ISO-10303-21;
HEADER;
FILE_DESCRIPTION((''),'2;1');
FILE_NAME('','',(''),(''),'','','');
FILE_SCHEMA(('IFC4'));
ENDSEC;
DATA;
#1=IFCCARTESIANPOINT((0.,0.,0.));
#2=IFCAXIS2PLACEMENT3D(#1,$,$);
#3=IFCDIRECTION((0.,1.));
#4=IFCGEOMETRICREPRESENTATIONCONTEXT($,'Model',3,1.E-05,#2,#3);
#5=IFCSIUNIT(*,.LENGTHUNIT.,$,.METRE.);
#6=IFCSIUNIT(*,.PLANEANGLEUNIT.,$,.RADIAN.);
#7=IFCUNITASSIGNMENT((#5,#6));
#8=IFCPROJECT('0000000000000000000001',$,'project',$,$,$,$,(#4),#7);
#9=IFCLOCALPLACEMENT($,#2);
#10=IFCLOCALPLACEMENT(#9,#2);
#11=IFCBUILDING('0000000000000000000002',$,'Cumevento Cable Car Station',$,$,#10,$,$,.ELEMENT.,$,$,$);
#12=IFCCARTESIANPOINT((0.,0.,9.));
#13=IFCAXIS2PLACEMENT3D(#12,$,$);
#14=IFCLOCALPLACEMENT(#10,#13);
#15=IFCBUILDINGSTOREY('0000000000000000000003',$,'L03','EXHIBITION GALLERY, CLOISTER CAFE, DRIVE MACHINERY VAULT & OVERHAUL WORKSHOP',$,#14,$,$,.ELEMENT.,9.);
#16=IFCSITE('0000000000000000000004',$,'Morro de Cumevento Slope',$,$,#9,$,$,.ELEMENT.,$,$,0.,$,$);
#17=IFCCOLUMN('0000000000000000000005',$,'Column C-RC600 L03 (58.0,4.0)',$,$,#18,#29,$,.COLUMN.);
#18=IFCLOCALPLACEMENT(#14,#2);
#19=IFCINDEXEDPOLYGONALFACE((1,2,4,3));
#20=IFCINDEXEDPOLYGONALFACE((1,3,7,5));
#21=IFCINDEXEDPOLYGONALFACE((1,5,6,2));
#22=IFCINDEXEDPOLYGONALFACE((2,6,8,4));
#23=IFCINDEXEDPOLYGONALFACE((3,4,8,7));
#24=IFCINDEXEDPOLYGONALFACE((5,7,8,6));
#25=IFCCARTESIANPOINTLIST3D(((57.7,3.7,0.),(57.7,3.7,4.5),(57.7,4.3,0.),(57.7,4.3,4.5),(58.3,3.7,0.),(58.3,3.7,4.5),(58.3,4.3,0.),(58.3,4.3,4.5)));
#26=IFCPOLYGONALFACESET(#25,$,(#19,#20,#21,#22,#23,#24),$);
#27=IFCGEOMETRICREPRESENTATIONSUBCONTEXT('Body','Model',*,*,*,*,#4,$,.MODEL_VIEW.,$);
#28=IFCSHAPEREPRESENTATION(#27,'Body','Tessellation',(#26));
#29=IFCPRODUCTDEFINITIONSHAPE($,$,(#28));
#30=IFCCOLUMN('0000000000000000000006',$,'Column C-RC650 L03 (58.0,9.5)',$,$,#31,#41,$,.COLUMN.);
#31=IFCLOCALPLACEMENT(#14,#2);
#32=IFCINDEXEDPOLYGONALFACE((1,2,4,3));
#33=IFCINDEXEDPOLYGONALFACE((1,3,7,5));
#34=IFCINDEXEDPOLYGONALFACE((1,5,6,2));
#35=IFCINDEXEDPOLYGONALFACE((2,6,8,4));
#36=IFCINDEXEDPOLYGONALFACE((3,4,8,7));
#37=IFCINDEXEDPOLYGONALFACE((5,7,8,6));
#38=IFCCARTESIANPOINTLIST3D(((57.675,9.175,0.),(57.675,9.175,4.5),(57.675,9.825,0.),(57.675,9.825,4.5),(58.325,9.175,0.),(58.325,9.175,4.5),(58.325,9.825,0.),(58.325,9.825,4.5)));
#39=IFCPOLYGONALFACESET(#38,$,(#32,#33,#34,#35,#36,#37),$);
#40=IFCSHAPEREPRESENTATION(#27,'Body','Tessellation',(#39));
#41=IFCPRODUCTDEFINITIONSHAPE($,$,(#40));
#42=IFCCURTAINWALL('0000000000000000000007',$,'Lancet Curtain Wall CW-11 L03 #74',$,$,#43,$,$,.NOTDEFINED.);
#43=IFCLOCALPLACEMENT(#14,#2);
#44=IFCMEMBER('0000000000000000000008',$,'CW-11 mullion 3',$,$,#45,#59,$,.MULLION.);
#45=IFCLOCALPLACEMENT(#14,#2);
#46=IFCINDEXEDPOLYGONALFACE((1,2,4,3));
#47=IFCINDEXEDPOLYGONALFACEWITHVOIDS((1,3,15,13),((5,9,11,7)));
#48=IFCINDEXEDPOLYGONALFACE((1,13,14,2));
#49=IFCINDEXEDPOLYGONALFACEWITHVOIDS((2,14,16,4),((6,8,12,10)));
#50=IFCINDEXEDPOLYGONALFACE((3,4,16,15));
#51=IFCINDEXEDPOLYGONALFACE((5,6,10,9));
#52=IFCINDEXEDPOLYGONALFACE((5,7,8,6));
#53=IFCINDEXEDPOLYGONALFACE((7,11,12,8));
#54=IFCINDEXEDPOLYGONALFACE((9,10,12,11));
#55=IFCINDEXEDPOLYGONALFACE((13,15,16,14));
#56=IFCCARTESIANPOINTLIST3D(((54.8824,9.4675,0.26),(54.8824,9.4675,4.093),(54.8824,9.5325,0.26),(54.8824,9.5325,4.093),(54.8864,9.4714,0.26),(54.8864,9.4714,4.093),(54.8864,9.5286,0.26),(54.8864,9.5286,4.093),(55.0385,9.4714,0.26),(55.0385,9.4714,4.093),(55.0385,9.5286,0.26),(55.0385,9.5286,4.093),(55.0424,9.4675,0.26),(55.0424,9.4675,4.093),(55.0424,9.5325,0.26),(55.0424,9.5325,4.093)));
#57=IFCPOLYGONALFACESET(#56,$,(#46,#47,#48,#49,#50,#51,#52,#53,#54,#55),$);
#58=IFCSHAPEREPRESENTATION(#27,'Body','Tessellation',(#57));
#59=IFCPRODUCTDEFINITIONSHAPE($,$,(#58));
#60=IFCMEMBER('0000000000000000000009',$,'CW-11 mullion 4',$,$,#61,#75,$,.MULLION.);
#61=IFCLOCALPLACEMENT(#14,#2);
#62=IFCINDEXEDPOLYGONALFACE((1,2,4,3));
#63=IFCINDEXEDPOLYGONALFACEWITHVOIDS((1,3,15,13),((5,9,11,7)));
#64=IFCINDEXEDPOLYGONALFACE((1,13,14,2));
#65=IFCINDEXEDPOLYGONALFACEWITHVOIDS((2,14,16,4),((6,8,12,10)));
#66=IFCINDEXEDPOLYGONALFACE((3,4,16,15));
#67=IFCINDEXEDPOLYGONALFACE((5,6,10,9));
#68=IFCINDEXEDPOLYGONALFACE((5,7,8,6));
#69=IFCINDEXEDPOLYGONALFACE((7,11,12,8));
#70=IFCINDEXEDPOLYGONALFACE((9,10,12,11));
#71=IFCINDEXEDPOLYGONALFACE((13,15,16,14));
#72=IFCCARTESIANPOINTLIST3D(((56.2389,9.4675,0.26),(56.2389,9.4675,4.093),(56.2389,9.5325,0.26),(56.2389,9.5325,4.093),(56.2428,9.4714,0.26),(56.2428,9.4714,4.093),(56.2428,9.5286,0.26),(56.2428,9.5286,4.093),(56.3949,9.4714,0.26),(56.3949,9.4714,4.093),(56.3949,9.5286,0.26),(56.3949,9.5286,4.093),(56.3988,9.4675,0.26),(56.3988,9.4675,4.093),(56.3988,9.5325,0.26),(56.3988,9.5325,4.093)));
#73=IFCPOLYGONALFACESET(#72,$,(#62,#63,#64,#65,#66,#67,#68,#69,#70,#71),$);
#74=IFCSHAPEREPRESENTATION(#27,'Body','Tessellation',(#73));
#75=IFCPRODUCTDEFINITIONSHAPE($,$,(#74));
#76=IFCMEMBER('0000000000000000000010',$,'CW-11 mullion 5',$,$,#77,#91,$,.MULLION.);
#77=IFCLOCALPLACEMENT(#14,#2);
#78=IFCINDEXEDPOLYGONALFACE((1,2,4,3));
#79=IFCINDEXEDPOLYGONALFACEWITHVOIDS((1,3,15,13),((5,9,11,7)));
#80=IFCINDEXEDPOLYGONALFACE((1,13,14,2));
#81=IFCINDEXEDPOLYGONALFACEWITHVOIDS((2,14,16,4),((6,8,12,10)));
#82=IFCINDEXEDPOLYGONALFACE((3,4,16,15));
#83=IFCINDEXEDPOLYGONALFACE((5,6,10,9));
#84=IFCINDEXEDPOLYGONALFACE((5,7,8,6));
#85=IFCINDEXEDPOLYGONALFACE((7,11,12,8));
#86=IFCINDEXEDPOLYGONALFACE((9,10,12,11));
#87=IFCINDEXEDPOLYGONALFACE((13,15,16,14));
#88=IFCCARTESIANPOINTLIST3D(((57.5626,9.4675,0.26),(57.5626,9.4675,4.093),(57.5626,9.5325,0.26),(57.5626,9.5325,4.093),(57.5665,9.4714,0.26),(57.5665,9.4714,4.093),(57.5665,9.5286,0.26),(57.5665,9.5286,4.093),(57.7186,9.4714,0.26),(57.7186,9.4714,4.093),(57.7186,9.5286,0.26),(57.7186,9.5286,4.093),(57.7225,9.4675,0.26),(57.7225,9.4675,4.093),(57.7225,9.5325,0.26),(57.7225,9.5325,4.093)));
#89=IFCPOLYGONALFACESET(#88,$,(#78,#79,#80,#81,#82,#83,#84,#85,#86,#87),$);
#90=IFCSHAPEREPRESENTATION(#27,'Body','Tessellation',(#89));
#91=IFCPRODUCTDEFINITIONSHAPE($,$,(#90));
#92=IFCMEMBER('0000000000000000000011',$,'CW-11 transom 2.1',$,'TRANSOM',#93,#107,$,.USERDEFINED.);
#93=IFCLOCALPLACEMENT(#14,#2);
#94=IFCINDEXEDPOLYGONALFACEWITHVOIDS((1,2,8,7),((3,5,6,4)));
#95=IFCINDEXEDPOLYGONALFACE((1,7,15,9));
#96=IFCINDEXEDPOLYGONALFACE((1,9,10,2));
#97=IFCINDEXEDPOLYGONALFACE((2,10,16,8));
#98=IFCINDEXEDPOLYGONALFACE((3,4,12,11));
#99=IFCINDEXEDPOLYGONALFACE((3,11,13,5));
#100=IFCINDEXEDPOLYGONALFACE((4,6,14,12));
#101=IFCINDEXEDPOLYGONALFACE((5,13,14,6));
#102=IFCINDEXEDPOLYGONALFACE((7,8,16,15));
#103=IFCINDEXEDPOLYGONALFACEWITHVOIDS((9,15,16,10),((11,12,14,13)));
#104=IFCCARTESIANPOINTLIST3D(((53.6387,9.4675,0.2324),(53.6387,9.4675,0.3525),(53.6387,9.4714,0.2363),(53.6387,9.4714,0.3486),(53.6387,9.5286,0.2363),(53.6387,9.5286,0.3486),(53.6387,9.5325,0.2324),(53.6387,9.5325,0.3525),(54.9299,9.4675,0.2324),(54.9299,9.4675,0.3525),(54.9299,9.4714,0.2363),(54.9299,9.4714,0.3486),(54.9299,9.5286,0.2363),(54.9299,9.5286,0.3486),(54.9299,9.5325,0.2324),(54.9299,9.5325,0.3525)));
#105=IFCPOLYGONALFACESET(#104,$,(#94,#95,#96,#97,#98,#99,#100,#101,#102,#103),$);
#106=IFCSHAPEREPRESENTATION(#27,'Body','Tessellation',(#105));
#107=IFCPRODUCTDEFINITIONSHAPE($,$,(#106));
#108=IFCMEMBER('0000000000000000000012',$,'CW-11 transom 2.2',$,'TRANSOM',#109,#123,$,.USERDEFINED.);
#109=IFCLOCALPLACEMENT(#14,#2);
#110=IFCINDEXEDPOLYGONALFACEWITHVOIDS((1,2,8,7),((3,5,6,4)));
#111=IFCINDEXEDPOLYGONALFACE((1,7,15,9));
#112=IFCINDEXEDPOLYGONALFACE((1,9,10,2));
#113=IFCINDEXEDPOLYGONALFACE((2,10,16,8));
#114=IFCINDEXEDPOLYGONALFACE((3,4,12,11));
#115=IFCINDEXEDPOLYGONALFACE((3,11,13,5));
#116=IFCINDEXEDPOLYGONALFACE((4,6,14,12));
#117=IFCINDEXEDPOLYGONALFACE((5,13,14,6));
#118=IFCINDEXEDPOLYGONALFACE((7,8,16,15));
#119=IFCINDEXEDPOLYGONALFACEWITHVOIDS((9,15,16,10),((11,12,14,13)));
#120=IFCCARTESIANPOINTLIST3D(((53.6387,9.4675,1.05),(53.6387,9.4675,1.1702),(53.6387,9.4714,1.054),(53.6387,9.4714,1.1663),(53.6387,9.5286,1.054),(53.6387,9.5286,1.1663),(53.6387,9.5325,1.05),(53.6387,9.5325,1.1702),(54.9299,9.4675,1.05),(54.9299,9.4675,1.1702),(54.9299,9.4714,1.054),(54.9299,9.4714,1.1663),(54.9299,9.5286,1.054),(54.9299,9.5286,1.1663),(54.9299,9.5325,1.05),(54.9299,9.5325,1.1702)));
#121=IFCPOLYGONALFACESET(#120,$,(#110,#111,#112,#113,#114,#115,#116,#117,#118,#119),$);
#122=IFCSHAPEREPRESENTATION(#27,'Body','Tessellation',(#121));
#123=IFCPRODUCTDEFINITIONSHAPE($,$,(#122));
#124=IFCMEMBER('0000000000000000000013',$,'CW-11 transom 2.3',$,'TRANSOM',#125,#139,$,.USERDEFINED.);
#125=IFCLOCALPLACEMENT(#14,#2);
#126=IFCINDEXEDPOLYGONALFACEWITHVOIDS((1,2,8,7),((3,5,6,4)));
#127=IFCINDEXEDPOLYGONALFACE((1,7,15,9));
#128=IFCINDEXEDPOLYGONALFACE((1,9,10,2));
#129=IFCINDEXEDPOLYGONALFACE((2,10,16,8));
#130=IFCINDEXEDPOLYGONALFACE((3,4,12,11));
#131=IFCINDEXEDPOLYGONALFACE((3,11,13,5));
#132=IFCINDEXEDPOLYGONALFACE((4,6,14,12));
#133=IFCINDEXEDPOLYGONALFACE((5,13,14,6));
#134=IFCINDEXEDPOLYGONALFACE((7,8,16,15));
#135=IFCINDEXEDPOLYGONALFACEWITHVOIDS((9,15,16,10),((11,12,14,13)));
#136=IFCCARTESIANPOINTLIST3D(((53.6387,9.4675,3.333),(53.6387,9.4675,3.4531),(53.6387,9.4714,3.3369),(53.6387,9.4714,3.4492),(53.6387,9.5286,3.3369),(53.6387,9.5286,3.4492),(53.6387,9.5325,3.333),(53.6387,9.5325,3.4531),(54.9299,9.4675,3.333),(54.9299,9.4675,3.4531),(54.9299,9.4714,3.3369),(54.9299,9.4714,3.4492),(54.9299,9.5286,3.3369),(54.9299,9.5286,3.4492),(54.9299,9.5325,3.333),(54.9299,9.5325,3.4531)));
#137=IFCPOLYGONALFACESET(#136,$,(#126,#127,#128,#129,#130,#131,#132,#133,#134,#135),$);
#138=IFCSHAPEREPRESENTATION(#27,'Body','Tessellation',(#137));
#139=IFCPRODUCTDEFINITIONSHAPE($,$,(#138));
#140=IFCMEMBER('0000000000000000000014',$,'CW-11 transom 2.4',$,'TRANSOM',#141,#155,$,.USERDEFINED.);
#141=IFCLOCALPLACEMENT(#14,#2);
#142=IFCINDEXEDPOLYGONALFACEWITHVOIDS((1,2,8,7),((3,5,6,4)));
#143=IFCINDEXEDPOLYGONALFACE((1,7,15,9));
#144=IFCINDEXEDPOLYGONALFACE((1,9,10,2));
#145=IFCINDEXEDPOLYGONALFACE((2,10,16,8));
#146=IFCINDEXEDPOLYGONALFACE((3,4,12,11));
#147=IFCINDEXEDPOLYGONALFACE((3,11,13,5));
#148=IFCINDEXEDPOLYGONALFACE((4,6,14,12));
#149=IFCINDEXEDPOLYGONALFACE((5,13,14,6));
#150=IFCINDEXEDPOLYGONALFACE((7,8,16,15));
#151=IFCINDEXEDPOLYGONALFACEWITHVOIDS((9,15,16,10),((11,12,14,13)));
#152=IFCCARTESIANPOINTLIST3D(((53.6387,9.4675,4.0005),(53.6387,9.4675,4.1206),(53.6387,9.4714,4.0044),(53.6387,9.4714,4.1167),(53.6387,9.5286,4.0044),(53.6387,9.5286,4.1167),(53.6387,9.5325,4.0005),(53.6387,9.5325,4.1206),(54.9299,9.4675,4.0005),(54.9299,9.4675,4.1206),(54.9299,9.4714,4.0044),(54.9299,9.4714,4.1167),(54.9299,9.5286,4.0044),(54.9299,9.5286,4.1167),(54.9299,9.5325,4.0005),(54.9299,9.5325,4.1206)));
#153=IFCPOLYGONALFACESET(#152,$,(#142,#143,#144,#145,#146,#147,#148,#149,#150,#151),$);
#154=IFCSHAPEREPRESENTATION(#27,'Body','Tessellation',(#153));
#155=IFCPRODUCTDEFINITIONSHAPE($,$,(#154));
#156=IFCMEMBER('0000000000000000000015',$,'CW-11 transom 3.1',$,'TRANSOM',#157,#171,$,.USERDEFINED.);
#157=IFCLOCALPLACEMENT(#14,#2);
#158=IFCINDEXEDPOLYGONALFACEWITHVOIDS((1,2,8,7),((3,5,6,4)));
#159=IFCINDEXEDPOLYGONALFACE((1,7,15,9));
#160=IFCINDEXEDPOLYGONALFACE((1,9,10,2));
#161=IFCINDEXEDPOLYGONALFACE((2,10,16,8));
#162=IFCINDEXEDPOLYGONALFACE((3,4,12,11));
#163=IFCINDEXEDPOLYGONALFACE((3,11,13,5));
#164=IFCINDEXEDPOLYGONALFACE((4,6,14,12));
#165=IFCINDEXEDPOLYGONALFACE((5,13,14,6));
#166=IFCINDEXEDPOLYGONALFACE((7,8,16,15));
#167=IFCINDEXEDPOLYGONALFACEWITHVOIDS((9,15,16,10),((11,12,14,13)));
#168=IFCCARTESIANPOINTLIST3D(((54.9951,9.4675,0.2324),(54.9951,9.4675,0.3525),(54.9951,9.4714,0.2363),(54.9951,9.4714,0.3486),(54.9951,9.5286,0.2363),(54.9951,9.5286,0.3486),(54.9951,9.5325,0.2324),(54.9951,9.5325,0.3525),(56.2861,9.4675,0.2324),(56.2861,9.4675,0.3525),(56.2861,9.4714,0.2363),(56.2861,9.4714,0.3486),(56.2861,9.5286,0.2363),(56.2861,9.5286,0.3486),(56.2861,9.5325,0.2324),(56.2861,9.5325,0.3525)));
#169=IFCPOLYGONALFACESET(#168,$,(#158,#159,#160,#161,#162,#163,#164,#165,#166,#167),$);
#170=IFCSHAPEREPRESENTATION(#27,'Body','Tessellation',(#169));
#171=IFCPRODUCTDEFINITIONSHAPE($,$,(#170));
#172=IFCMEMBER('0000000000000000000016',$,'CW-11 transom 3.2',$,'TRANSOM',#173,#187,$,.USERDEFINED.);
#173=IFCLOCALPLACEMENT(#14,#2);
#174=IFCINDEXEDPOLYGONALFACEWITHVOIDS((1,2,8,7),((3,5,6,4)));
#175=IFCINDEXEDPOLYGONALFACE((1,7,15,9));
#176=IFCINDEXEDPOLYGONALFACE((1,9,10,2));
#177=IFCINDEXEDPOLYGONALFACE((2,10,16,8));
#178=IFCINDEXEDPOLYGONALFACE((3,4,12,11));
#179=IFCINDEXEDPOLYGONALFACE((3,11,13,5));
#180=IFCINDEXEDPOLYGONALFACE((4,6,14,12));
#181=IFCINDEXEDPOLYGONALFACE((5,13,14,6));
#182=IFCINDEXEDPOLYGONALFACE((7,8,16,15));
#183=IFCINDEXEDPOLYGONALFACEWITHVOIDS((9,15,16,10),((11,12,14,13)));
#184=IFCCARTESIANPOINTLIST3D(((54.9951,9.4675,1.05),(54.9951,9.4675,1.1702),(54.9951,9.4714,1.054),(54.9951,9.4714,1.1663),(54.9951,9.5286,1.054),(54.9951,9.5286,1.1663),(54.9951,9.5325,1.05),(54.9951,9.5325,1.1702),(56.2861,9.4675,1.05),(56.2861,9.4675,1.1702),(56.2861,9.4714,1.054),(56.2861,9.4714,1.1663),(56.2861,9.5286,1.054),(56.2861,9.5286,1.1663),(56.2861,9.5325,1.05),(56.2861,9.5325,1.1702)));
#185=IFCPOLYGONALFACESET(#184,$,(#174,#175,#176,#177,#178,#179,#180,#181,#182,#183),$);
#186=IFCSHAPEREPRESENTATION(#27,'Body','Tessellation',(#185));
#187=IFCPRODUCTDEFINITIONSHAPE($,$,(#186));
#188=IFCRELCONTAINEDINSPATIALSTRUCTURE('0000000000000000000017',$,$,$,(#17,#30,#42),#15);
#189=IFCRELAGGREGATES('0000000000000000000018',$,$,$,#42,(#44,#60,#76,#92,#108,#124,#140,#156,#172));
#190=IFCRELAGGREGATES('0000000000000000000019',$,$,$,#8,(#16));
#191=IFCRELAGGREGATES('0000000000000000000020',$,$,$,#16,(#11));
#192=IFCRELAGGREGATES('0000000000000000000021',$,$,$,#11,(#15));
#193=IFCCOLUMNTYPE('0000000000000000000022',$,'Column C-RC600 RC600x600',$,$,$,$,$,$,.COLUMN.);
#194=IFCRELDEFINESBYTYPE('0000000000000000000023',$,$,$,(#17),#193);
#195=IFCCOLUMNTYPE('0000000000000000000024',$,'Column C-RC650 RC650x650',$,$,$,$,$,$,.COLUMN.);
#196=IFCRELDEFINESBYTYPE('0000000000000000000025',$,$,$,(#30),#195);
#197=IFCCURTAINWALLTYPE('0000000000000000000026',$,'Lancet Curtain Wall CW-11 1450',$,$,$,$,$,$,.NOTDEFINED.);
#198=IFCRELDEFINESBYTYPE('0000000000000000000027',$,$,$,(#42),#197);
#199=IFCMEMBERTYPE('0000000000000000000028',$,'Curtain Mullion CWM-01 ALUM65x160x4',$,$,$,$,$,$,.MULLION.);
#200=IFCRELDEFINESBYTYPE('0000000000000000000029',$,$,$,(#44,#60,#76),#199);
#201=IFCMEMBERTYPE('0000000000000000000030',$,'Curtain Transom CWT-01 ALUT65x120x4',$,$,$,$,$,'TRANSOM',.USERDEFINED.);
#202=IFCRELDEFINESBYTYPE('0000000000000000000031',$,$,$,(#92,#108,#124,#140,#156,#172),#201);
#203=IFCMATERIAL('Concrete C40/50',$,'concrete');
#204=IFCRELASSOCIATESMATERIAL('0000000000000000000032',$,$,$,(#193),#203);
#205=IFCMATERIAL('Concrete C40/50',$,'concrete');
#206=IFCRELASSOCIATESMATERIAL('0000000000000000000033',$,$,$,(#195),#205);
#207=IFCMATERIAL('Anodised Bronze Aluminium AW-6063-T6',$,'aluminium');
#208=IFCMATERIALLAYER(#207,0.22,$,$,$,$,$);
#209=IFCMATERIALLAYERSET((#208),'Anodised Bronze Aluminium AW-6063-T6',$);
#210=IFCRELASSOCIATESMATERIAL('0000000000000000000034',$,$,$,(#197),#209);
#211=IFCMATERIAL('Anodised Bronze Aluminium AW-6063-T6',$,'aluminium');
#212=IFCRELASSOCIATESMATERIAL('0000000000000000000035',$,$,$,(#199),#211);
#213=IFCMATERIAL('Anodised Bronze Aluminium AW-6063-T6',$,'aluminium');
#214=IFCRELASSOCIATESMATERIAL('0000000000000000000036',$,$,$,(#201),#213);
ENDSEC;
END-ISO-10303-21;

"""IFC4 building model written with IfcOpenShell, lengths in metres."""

from ifc_helpers import new_model, si_unit, direction, frame, origin, origin_2d, place, context, subcontext, project, spatial, rectangle, hollow_rectangle, extrude, material, layer, layer_set, material_profile, profile_set, type_object, element, aggregate, save


model = new_model("IFC4")

# Units and contexts
model_context = context("Model", 3, precision=1e-05, world=origin(), true_north=direction((0.0, 1.0)))
body_context = subcontext(model_context, "Body", "Model", "MODEL_VIEW")
ifc_project = project(units=[si_unit("LENGTHUNIT", "METRE"), si_unit("PLANEANGLEUNIT", "RADIAN")], contexts=[model_context])

# Site, building, storey
site_placement = place(None, origin())
site = spatial("IfcSite", under=ifc_project, at=site_placement, Name="Morro de Cumevento Slope", CompositionType="ELEMENT", RefElevation=0.0)
building_placement = place(site_placement, origin())
building = spatial("IfcBuilding", under=site, at=building_placement, Name="Cumevento Cable Car Station", CompositionType="ELEMENT")
storey_placement = place(building_placement, frame((0.0, 0.0, 9.0)))
storey = spatial("IfcBuildingStorey", under=building, at=storey_placement, Name="L03", Description="EXHIBITION GALLERY, CLOISTER CAFE, DRIVE MACHINERY VAULT & OVERHAUL WORKSHOP", CompositionType="ELEMENT", Elevation=9.0)

# Columns
ifc_material_1 = material(Name="Concrete C40/50", Category="concrete")
ifc_material_profile_1 = material_profile(ifc_material_1, rectangle(XDim=0.6001, YDim=0.6001, at=origin_2d()), Name="RC600x600")
ifc_profile_set_1 = profile_set([ifc_material_profile_1], Name="Concrete C40/50")
column_type_1 = type_object("IfcColumnType", Name="Column C-RC600 RC600x600", PredefinedType="COLUMN", material=ifc_profile_set_1)
column_1_placement = place(storey_placement, frame((58.0, 4.0, 0.0), z_axis=(0.0, 0.0, 1.0), x_axis=(1.0, 0.0, 0.0)))
element("IfcColumn", 1, at=column_1_placement, inside=storey, type_object=column_type_1, Name="Column C-RC600 L03 (58.0,4.0)", PredefinedType="COLUMN", context=body_context, shape_type="SweptSolid", body=[
    extrude(rectangle(XDim=0.6001, YDim=0.6001, at=origin_2d()), origin(), (0.0, 0.0, 1.0), 4.5),
])
ifc_material_2 = material(Name="Concrete C40/50", Category="concrete")
ifc_material_profile_2 = material_profile(ifc_material_2, rectangle(XDim=0.6499, YDim=0.6499, at=origin_2d()), Name="RC650x650")
ifc_profile_set_2 = profile_set([ifc_material_profile_2], Name="Concrete C40/50")
column_type_2 = type_object("IfcColumnType", Name="Column C-RC650 RC650x650", PredefinedType="COLUMN", material=ifc_profile_set_2)
column_2_placement = place(storey_placement, frame((58.0, 9.5, 0.0), z_axis=(0.0, 0.0, 1.0), x_axis=(1.0, 0.0, 0.0)))
element("IfcColumn", 2, at=column_2_placement, inside=storey, type_object=column_type_2, Name="Column C-RC650 L03 (58.0,9.5)", PredefinedType="COLUMN", context=body_context, shape_type="SweptSolid", body=[
    extrude(rectangle(XDim=0.6499, YDim=0.6499, at=origin_2d()), origin(), (0.0, 0.0, 1.0), 4.5),
])

# Curtain wall, members
ifc_material_3 = material(Name="Anodised Bronze Aluminium AW-6063-T6", Category="aluminium")
ifc_layer_1 = layer(ifc_material_3, 0.22)
ifc_layer_set_1 = layer_set([ifc_layer_1], Name="Anodised Bronze Aluminium AW-6063-T6")
curtain_wall_type = type_object("IfcCurtainWallType", Name="Lancet Curtain Wall CW-11 1450", PredefinedType="NOTDEFINED", material=ifc_layer_set_1)
curtain_wall_placement = place(storey_placement, origin())
curtain_wall = element("IfcCurtainWall", 3, at=curtain_wall_placement, inside=storey, type_object=curtain_wall_type, Name="Lancet Curtain Wall CW-11 L03 #74", PredefinedType="NOTDEFINED")
ifc_material_4 = material(Name="Anodised Bronze Aluminium AW-6063-T6", Category="aluminium")
ifc_material_profile_3 = material_profile(ifc_material_4, hollow_rectangle(XDim=0.0649, YDim=0.1599, WallThickness=0.0039, at=origin_2d()), Name="ALUM65x160x4")
ifc_profile_set_3 = profile_set([ifc_material_profile_3], Name="Anodised Bronze Aluminium AW-6063-T6")
member_type_1 = type_object("IfcMemberType", Name="Curtain Mullion CWM-01 ALUM65x160x4", PredefinedType="MULLION", material=ifc_profile_set_3)
member_1_placement = place(storey_placement, frame((54.9624, 9.5, 0.26), z_axis=(0.0, 0.0, 1.0), x_axis=(0.0, 1.0, 0.0)))
member_1 = element("IfcMember", 4, at=member_1_placement, type_object=member_type_1, Name="CW-11 mullion 3", PredefinedType="MULLION", context=body_context, shape_type="SweptSolid", body=[
    extrude(hollow_rectangle(XDim=0.0649, YDim=0.1599, WallThickness=0.0039, at=origin_2d()), origin(), (0.0, 0.0, 1.0), 3.833),
])
member_2_placement = place(storey_placement, frame((56.3188, 9.5, 0.26), z_axis=(0.0, 0.0, 1.0), x_axis=(0.0, 1.0, 0.0)))
member_2 = element("IfcMember", 5, at=member_2_placement, type_object=member_type_1, Name="CW-11 mullion 4", PredefinedType="MULLION", context=body_context, shape_type="SweptSolid", body=[
    extrude(hollow_rectangle(XDim=0.0649, YDim=0.1599, WallThickness=0.0039, at=origin_2d()), origin(), (0.0, 0.0, 1.0), 3.833),
])
member_3_placement = place(storey_placement, frame((57.6426, 9.5, 0.26), z_axis=(0.0, 0.0, 1.0), x_axis=(0.0, 1.0, 0.0)))
member_3 = element("IfcMember", 6, at=member_3_placement, type_object=member_type_1, Name="CW-11 mullion 5", PredefinedType="MULLION", context=body_context, shape_type="SweptSolid", body=[
    extrude(hollow_rectangle(XDim=0.0649, YDim=0.1599, WallThickness=0.0039, at=origin_2d()), origin(), (0.0, 0.0, 1.0), 3.833),
])
ifc_material_5 = material(Name="Anodised Bronze Aluminium AW-6063-T6", Category="aluminium")
ifc_material_profile_4 = material_profile(ifc_material_5, hollow_rectangle(XDim=0.0649, YDim=0.1201, WallThickness=0.0039, at=origin_2d()), Name="ALUT65x120x4")
ifc_profile_set_4 = profile_set([ifc_material_profile_4], Name="Anodised Bronze Aluminium AW-6063-T6")
member_type_2 = type_object("IfcMemberType", Name="Curtain Transom CWT-01 ALUT65x120x4", ElementType="TRANSOM", PredefinedType="USERDEFINED", material=ifc_profile_set_4)
member_4_placement = place(storey_placement, frame((53.6387, 9.5, 0.2925), z_axis=(1.0, 0.0, 0.0), x_axis=(0.0, 1.0, 0.0)))
member_4 = element("IfcMember", 7, at=member_4_placement, type_object=member_type_2, Name="CW-11 transom 2.1", ObjectType="TRANSOM", PredefinedType="USERDEFINED", context=body_context, shape_type="SweptSolid", body=[
    extrude(hollow_rectangle(XDim=0.0649, YDim=0.1201, WallThickness=0.0039, at=origin_2d()), origin(), (0.0, 0.0, 1.0), 1.2913),
])
member_5_placement = place(storey_placement, frame((53.6387, 9.5, 1.1101), z_axis=(1.0, 0.0, 0.0), x_axis=(0.0, 1.0, 0.0)))
member_5 = element("IfcMember", 8, at=member_5_placement, type_object=member_type_2, Name="CW-11 transom 2.2", ObjectType="TRANSOM", PredefinedType="USERDEFINED", context=body_context, shape_type="SweptSolid", body=[
    extrude(hollow_rectangle(XDim=0.0649, YDim=0.1201, WallThickness=0.0039, at=origin_2d()), origin(), (0.0, 0.0, 1.0), 1.2913),
])
member_6_placement = place(storey_placement, frame((53.6387, 9.5, 3.3931), z_axis=(1.0, 0.0, 0.0), x_axis=(0.0, 1.0, 0.0)))
member_6 = element("IfcMember", 9, at=member_6_placement, type_object=member_type_2, Name="CW-11 transom 2.3", ObjectType="TRANSOM", PredefinedType="USERDEFINED", context=body_context, shape_type="SweptSolid", body=[
    extrude(hollow_rectangle(XDim=0.0649, YDim=0.1201, WallThickness=0.0039, at=origin_2d()), origin(), (0.0, 0.0, 1.0), 1.2913),
])
member_7_placement = place(storey_placement, frame((53.6387, 9.5, 4.0605), z_axis=(1.0, 0.0, 0.0), x_axis=(0.0, 1.0, 0.0)))
member_7 = element("IfcMember", 10, at=member_7_placement, type_object=member_type_2, Name="CW-11 transom 2.4", ObjectType="TRANSOM", PredefinedType="USERDEFINED", context=body_context, shape_type="SweptSolid", body=[
    extrude(hollow_rectangle(XDim=0.0649, YDim=0.1201, WallThickness=0.0039, at=origin_2d()), origin(), (0.0, 0.0, 1.0), 1.2913),
])
member_8_placement = place(storey_placement, frame((54.9951, 9.5, 0.2925), z_axis=(1.0, 0.0, 0.0), x_axis=(0.0, 1.0, 0.0)))
member_8 = element("IfcMember", 11, at=member_8_placement, type_object=member_type_2, Name="CW-11 transom 3.1", ObjectType="TRANSOM", PredefinedType="USERDEFINED", context=body_context, shape_type="SweptSolid", body=[
    extrude(hollow_rectangle(XDim=0.0649, YDim=0.1201, WallThickness=0.0039, at=origin_2d()), origin(), (0.0, 0.0, 1.0), 1.291),
])
member_9_placement = place(storey_placement, frame((54.9951, 9.5, 1.1101), z_axis=(1.0, 0.0, 0.0), x_axis=(0.0, 1.0, 0.0)))
member_9 = element("IfcMember", 12, at=member_9_placement, type_object=member_type_2, Name="CW-11 transom 3.2", ObjectType="TRANSOM", PredefinedType="USERDEFINED", context=body_context, shape_type="SweptSolid", body=[
    extrude(hollow_rectangle(XDim=0.0649, YDim=0.1201, WallThickness=0.0039, at=origin_2d()), origin(), (0.0, 0.0, 1.0), 1.291),
])

aggregate(curtain_wall, [member_1, member_2, member_3, member_4, member_5, member_6, member_7, member_8, member_9])

save(model, "model.ifc")
